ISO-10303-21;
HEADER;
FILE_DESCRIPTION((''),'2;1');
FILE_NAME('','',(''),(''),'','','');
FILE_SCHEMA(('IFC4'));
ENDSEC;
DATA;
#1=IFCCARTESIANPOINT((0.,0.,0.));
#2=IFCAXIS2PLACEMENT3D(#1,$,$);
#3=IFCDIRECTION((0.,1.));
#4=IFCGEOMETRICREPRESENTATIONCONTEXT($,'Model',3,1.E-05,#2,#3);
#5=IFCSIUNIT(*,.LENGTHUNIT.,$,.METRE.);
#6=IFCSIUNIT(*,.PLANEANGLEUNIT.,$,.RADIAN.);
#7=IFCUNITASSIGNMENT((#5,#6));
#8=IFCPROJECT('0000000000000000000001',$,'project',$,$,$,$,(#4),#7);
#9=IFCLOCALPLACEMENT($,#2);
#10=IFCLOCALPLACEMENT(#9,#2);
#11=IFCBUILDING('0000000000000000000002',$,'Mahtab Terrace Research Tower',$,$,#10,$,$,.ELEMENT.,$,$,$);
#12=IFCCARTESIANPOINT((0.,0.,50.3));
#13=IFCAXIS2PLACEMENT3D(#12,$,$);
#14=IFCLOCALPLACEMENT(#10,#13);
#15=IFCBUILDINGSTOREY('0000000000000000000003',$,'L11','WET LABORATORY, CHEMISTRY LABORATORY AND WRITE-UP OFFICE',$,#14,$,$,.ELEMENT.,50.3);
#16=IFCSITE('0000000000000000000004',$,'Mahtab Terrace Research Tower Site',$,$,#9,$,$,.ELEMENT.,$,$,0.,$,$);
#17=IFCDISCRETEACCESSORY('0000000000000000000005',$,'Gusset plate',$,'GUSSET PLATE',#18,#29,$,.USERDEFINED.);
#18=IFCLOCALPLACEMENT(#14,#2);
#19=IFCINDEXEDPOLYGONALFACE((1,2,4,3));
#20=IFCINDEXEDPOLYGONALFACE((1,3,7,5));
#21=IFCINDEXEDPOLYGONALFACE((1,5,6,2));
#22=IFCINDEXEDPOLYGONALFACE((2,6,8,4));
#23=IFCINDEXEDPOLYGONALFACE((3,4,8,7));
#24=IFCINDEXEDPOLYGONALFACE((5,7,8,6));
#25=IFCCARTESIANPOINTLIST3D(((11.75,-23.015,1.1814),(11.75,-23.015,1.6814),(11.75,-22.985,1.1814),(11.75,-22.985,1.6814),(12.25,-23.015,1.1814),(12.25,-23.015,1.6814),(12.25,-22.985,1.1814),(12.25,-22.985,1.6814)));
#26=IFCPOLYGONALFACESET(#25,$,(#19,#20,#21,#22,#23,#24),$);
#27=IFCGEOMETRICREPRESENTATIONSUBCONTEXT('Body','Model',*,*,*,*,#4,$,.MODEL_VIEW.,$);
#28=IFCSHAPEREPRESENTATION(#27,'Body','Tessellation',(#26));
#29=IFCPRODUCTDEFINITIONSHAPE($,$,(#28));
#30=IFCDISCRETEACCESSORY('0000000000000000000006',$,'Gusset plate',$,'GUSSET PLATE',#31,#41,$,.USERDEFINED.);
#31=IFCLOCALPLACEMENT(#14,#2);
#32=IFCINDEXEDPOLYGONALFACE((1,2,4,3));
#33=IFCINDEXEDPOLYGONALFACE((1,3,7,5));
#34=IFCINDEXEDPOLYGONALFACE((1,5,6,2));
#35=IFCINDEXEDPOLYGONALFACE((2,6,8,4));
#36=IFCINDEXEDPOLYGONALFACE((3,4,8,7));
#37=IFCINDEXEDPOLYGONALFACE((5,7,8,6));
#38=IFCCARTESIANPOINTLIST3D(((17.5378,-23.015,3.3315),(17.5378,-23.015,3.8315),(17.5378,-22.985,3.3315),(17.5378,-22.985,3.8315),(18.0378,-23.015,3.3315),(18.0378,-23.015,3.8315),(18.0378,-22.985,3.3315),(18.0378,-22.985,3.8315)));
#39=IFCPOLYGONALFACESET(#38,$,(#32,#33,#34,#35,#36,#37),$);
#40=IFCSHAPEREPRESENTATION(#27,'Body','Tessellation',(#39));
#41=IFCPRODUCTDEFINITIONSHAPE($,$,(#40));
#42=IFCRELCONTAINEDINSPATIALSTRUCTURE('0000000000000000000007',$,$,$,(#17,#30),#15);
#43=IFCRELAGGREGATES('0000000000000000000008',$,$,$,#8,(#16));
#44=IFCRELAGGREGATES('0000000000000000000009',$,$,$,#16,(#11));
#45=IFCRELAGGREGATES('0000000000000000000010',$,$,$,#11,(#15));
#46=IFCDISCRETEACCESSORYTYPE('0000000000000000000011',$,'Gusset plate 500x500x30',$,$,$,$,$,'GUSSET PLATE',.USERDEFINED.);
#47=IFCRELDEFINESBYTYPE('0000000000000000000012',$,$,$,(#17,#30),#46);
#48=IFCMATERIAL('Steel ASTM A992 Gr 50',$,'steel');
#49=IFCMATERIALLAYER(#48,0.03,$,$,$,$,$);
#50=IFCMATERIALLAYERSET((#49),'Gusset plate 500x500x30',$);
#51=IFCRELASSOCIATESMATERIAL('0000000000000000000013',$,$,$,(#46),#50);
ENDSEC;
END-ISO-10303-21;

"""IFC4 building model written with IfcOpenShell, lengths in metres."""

from ifc_helpers import new_model, si_unit, direction, frame, origin, origin_2d, place, context, subcontext, project, spatial, rectangle, extrude, material, layer, layer_set, type_object, element, save


model = new_model("IFC4")

# Units and contexts
model_context = context("Model", 3, precision=1e-05, world=origin(), true_north=direction((0.0, 1.0)))
body_context = subcontext(model_context, "Body", "Model", "MODEL_VIEW")
ifc_project = project(units=[si_unit("LENGTHUNIT", "METRE"), si_unit("PLANEANGLEUNIT", "RADIAN")], contexts=[model_context])

# Site, building, storey
site_placement = place(None, origin())
site = spatial("IfcSite", under=ifc_project, at=site_placement, Name="Mahtab Terrace Research Tower Site", CompositionType="ELEMENT", RefElevation=0.0)
building_placement = place(site_placement, origin())
building = spatial("IfcBuilding", under=site, at=building_placement, Name="Mahtab Terrace Research Tower", CompositionType="ELEMENT")
storey_placement = place(building_placement, frame((0.0, 0.0, 50.3)))
storey = spatial("IfcBuildingStorey", under=building, at=storey_placement, Name="L11", Description="WET LABORATORY, CHEMISTRY LABORATORY AND WRITE-UP OFFICE", CompositionType="ELEMENT", Elevation=50.3)

# Shared definitions
ifc_material_1 = material(Name="Steel ASTM A992 Gr 50", Category="steel")

# Discrete accessories
ifc_layer_1 = layer(ifc_material_1, 0.03)
ifc_layer_set_1 = layer_set([ifc_layer_1], Name="Gusset plate 500x500x30")
discrete_accessory_type = type_object("IfcDiscreteAccessoryType", Name="Gusset plate 500x500x30", ElementType="GUSSET PLATE", PredefinedType="USERDEFINED", material=ifc_layer_set_1)
for number, where, z_axis, x_axis, name in (
    (1, (12.0, -23.0, 1.1814), (0.0, 0.0, 1.0), (1.0, 0.0, 0.0), "Gusset plate"),
    (2, (17.7878, -23.0, 3.3315), (0.0, 0.0, 1.0), (1.0, 0.0, 0.0), "Gusset plate"),
):
    element("IfcDiscreteAccessory", number, at=place(storey_placement, frame(where, z_axis=z_axis, x_axis=x_axis)), inside=storey, type_object=discrete_accessory_type, Name=name, ObjectType="GUSSET PLATE", PredefinedType="USERDEFINED", context=body_context, shape_type="SweptSolid", body=[
        extrude(rectangle(XDim=0.5, YDim=0.03, at=origin_2d()), origin(), (0.0, 0.0, 1.0), 0.5),
    ])

save(model, "model.ifc")
